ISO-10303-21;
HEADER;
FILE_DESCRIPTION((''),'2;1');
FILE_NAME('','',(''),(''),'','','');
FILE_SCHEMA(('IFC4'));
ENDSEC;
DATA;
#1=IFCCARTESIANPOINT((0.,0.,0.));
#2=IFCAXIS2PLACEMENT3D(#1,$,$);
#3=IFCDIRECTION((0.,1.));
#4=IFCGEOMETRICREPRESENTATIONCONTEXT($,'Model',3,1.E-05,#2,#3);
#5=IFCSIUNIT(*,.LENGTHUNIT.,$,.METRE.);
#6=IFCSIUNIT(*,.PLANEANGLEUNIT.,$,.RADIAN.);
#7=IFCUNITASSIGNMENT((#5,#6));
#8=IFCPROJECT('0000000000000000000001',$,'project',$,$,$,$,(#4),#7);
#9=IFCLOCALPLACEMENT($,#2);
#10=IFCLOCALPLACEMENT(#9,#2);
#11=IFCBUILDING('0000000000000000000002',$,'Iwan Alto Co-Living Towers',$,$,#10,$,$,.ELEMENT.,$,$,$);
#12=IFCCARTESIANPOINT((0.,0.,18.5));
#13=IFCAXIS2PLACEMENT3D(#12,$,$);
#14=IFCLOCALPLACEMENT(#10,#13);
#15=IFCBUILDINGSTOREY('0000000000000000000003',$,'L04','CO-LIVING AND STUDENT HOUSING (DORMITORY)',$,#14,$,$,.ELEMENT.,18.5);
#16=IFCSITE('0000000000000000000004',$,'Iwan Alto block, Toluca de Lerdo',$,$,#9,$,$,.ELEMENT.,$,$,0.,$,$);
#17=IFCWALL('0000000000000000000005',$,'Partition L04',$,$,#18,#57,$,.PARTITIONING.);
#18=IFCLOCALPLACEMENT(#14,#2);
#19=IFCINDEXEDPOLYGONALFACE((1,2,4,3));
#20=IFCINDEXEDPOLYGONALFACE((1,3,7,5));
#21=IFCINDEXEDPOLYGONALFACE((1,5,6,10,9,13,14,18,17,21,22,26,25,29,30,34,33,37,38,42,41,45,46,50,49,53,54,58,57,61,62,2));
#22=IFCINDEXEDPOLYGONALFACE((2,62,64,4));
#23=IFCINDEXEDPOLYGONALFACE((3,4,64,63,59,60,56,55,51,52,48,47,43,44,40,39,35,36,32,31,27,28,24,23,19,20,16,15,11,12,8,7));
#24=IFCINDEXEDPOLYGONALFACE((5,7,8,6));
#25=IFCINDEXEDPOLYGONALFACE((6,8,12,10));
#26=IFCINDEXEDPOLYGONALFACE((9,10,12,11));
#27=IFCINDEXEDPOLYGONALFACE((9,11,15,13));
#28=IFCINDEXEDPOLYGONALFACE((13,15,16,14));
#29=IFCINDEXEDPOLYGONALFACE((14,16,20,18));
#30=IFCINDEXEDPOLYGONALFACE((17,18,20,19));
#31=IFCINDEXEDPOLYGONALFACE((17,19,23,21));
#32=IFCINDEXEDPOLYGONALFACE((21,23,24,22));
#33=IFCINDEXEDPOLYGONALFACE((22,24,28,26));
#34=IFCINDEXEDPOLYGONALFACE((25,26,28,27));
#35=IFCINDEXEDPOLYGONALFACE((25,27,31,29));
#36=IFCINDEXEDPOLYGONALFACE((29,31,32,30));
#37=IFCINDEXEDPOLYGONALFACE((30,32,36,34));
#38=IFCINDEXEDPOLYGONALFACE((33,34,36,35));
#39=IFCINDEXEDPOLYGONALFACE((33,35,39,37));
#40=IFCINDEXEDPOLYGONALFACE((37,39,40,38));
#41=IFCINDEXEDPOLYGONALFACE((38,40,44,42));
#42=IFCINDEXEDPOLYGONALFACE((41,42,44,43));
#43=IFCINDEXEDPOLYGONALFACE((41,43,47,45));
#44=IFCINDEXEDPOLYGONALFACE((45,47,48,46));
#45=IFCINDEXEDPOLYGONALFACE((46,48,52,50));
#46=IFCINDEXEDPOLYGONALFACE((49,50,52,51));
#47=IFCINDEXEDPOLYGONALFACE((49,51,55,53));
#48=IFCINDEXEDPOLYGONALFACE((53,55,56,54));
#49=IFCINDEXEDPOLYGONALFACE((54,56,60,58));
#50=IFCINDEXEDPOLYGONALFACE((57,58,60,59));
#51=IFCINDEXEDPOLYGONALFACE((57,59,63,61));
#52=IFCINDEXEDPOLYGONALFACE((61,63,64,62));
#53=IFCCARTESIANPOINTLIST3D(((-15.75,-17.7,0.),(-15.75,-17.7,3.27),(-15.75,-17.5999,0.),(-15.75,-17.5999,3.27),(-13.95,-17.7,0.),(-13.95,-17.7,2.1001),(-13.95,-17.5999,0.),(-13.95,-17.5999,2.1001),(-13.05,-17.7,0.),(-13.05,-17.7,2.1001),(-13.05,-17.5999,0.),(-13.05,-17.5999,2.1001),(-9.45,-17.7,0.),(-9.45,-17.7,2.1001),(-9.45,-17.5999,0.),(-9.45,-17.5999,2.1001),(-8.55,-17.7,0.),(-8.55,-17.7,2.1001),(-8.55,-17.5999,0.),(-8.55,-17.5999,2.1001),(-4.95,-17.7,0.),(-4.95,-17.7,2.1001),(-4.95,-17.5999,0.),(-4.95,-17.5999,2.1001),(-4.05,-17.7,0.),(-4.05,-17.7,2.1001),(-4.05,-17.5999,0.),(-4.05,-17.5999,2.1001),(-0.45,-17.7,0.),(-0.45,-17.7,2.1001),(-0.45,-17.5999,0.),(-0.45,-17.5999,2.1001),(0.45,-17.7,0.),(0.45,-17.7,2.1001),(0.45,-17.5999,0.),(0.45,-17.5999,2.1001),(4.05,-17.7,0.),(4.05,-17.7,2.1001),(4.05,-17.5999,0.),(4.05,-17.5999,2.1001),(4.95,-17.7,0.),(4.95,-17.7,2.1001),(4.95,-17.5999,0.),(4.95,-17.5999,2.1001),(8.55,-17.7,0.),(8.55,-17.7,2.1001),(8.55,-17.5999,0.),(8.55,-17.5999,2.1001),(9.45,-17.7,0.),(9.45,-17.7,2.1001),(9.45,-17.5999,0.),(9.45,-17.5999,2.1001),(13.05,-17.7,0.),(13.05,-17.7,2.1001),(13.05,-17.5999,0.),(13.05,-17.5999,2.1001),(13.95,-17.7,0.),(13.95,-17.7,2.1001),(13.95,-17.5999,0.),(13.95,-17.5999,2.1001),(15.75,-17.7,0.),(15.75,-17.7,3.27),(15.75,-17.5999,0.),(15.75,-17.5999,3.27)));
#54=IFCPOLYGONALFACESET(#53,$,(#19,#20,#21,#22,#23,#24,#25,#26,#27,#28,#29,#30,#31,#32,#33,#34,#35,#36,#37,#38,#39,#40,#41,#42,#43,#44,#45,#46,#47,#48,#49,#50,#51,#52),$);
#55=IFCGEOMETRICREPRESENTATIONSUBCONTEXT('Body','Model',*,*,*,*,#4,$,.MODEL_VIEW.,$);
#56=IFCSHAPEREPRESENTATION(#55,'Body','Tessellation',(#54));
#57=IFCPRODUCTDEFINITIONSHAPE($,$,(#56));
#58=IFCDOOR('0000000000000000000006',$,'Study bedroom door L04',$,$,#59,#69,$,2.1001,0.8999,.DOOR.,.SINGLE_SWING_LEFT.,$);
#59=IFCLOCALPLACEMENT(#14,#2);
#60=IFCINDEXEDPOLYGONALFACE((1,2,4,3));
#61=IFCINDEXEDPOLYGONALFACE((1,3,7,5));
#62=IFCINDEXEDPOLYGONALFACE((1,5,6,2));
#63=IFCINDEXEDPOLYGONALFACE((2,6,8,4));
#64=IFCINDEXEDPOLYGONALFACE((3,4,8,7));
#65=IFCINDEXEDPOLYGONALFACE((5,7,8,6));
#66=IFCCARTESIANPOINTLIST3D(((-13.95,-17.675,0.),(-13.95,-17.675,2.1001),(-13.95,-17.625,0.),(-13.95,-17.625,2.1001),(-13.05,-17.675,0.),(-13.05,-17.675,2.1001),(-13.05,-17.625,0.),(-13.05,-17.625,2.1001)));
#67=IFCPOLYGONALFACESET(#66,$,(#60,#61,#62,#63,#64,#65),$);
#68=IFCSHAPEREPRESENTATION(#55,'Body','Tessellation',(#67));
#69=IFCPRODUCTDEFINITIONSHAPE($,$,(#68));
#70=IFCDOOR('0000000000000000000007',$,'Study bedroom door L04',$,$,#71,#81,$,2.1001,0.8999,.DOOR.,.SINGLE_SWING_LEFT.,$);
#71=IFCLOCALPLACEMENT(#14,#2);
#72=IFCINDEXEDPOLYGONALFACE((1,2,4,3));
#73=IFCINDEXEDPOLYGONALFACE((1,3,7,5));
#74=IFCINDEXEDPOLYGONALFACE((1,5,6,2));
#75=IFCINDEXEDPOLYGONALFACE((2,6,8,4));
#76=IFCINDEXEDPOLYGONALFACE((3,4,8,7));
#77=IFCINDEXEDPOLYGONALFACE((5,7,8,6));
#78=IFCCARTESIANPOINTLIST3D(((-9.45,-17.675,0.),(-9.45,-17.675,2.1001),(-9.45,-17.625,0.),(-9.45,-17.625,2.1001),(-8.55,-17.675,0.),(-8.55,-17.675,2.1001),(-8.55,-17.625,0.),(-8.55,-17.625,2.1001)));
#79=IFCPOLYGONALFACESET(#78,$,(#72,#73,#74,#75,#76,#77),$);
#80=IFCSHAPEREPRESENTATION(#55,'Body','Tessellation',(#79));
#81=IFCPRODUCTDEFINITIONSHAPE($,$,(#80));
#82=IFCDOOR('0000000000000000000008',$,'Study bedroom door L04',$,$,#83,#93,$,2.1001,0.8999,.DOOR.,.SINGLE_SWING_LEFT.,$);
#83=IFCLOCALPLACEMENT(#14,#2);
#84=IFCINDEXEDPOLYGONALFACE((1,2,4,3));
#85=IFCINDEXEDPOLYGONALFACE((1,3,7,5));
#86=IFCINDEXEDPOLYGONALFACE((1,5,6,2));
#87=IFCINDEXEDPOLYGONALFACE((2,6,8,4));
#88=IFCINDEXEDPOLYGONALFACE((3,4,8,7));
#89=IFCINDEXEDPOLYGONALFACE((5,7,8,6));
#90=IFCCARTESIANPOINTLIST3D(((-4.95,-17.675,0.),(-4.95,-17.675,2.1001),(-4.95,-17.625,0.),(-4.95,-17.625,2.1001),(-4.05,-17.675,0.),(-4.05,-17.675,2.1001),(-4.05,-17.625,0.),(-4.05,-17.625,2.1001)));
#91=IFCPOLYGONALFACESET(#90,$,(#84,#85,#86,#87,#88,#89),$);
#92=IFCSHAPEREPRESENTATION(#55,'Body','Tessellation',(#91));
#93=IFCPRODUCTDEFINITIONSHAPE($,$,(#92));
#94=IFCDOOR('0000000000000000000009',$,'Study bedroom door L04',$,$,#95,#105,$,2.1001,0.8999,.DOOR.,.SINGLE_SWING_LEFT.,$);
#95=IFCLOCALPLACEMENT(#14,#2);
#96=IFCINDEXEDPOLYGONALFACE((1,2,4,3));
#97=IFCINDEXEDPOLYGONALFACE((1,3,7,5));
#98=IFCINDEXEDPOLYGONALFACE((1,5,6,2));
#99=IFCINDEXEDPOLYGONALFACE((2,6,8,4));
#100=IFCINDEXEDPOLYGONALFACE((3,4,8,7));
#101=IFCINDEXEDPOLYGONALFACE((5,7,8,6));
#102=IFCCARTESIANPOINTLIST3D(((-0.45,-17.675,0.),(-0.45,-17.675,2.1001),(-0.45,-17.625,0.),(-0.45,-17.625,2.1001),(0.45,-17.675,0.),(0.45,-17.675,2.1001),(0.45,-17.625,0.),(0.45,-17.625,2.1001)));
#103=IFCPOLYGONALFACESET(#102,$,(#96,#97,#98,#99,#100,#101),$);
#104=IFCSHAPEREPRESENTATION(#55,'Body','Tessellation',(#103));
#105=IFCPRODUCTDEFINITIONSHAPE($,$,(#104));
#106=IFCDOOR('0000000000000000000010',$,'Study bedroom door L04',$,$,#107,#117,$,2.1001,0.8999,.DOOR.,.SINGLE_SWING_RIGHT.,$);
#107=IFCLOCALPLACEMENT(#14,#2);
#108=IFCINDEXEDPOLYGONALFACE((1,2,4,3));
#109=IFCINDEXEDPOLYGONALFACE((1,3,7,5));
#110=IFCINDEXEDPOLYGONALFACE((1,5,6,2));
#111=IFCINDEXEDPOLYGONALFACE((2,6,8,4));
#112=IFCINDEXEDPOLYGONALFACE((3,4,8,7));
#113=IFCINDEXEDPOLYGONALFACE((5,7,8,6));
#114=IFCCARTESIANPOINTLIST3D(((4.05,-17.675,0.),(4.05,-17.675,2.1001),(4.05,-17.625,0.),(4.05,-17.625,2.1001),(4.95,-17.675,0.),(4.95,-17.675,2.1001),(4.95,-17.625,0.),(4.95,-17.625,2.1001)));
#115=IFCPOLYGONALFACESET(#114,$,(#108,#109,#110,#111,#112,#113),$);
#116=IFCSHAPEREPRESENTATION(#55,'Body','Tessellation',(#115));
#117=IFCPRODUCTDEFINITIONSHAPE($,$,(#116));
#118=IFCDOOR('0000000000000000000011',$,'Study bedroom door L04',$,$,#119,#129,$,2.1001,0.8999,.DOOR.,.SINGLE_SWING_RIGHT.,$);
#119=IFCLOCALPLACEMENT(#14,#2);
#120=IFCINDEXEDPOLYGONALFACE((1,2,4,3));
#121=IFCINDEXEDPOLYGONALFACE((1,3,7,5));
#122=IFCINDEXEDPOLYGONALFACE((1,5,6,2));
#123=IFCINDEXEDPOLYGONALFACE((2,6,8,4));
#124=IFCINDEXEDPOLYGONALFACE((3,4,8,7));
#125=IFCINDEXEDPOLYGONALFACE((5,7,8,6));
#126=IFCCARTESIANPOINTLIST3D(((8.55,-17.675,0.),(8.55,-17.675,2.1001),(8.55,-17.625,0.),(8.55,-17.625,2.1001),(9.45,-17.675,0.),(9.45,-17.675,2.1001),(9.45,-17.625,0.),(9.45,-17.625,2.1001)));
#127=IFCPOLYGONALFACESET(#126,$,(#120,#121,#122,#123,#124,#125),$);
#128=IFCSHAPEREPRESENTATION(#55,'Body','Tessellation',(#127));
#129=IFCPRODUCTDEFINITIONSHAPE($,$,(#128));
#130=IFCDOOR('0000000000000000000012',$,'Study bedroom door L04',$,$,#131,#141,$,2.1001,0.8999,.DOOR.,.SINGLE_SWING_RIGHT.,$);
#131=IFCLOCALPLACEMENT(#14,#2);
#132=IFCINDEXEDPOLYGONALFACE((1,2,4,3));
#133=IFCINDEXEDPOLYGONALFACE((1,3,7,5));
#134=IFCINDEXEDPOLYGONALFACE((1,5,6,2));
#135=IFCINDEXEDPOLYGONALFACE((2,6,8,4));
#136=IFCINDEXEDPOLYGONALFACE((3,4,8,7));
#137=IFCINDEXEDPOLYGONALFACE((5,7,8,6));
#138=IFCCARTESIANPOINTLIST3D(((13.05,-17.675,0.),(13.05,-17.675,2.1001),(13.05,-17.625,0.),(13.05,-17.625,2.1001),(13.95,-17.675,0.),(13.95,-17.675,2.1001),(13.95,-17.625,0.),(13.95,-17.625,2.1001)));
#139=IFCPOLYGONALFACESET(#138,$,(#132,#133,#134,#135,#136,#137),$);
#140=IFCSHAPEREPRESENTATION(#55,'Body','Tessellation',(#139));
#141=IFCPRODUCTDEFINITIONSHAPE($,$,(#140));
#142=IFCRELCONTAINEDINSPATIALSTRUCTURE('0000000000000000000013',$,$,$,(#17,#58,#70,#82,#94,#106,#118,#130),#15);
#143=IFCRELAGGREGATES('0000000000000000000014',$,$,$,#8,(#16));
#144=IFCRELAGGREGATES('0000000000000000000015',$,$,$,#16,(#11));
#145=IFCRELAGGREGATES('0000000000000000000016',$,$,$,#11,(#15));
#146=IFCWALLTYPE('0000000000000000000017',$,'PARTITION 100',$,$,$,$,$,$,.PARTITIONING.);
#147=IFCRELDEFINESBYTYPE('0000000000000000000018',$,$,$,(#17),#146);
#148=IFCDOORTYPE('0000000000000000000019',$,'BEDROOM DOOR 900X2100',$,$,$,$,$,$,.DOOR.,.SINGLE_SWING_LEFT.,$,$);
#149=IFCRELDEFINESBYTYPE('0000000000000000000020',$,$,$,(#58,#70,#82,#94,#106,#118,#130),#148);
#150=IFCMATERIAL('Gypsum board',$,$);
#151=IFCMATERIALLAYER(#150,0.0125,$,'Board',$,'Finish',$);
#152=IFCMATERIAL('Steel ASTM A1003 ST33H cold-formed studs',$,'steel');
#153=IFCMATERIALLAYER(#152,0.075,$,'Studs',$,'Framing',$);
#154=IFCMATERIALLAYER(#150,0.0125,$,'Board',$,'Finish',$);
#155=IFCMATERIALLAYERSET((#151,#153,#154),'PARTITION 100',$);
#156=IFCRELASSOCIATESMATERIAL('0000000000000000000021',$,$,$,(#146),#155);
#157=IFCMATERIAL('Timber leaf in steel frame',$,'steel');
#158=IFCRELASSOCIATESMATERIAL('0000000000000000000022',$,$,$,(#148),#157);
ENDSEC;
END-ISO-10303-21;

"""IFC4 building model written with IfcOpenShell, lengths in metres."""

from ifc_helpers import new_model, si_unit, direction, frame, frame_2d, origin, place, context, subcontext, project, spatial, rectangle, extrude, material, layer, layer_set, type_object, element, fill, save


model = new_model("IFC4")

# Units and contexts
model_context = context("Model", 3, precision=1e-05, world=origin(), true_north=direction((0.0, 1.0)))
body_context = subcontext(model_context, "Body", "Model", "MODEL_VIEW")
ifc_project = project(units=[si_unit("LENGTHUNIT", "METRE"), si_unit("PLANEANGLEUNIT", "RADIAN")], contexts=[model_context])

# Site, building, storey
site_placement = place(None, origin())
site = spatial("IfcSite", under=ifc_project, at=site_placement, Name="Iwan Alto block, Toluca de Lerdo", CompositionType="ELEMENT", RefElevation=0.0)
building_placement = place(site_placement, origin())
building = spatial("IfcBuilding", under=site, at=building_placement, Name="Iwan Alto Co-Living Towers", CompositionType="ELEMENT")
storey_placement = place(building_placement, frame((0.0, 0.0, 18.5)))
storey = spatial("IfcBuildingStorey", under=building, at=storey_placement, Name="L04", Description="CO-LIVING AND STUDENT HOUSING (DORMITORY)", CompositionType="ELEMENT", Elevation=18.5)

# Wall, openings, doors
ifc_material_1 = material(Name="Gypsum board")
ifc_layer_1 = layer(ifc_material_1, 0.0125, Name="Board", Category="Finish")
ifc_material_2 = material(Name="Steel ASTM A1003 ST33H cold-formed studs", Category="steel")
ifc_layer_2 = layer(ifc_material_2, 0.075, Name="Studs", Category="Framing")
ifc_layer_3 = layer(ifc_material_1, 0.0125, Name="Board", Category="Finish")
ifc_layer_set_1 = layer_set([ifc_layer_1, ifc_layer_2, ifc_layer_3], Name="PARTITION 100")
wall_type_1 = type_object("IfcWallType", Name="PARTITION 100", PredefinedType="PARTITIONING", material=ifc_layer_set_1)
wall_1_placement = place(storey_placement, frame((-15.75, -17.6499, 0.0), z_axis=(0.0, 0.0, 1.0), x_axis=(1.0, 0.0, 0.0)))
wall_1 = element("IfcWall", 1, at=wall_1_placement, inside=storey, type_object=wall_type_1, Name="Partition L04", PredefinedType="PARTITIONING", context=body_context, shape_type="SweptSolid", body=[
    extrude(rectangle(XDim=31.5, YDim=0.1001, at=frame_2d((15.75, 0.0))), origin(), (0.0, 0.0, 1.0), 3.27),
])
opening_1_placement = place(wall_1_placement, frame((1.8, 0.0, 0.0)))
opening_1 = element("IfcOpeningElement", 2, at=opening_1_placement, cuts=wall_1, PredefinedType="OPENING", context=body_context, shape_type="SweptSolid", body=[
    extrude(rectangle(XDim=0.8999, YDim=2.1001, at=frame_2d((0.45, 1.05))), frame((0.0, 0.0601, 0.0), z_axis=(0.0, -1.0, 0.0), x_axis=(1.0, 0.0, 0.0)), (0.0, 0.0, 1.0), 0.1201),
])
opening_2_placement = place(wall_1_placement, frame((6.3, 0.0, 0.0)))
opening_2 = element("IfcOpeningElement", 3, at=opening_2_placement, cuts=wall_1, PredefinedType="OPENING", context=body_context, shape_type="SweptSolid", body=[
    extrude(rectangle(XDim=0.8999, YDim=2.1001, at=frame_2d((0.45, 1.05))), frame((0.0, 0.0601, 0.0), z_axis=(0.0, -1.0, 0.0), x_axis=(1.0, 0.0, 0.0)), (0.0, 0.0, 1.0), 0.1201),
])
opening_3_placement = place(wall_1_placement, frame((10.8, 0.0, 0.0)))
opening_3 = element("IfcOpeningElement", 4, at=opening_3_placement, cuts=wall_1, PredefinedType="OPENING", context=body_context, shape_type="SweptSolid", body=[
    extrude(rectangle(XDim=0.8999, YDim=2.1001, at=frame_2d((0.45, 1.05))), frame((0.0, 0.0601, 0.0), z_axis=(0.0, -1.0, 0.0), x_axis=(1.0, 0.0, 0.0)), (0.0, 0.0, 1.0), 0.1201),
])
opening_4_placement = place(wall_1_placement, frame((15.3, 0.0, 0.0)))
opening_4 = element("IfcOpeningElement", 5, at=opening_4_placement, cuts=wall_1, PredefinedType="OPENING", context=body_context, shape_type="SweptSolid", body=[
    extrude(rectangle(XDim=0.8999, YDim=2.1001, at=frame_2d((0.45, 1.05))), frame((0.0, 0.0601, 0.0), z_axis=(0.0, -1.0, 0.0), x_axis=(1.0, 0.0, 0.0)), (0.0, 0.0, 1.0), 0.1201),
])
opening_5_placement = place(wall_1_placement, frame((19.8, 0.0, 0.0)))
opening_5 = element("IfcOpeningElement", 6, at=opening_5_placement, cuts=wall_1, PredefinedType="OPENING", context=body_context, shape_type="SweptSolid", body=[
    extrude(rectangle(XDim=0.8999, YDim=2.1001, at=frame_2d((0.45, 1.05))), frame((0.0, 0.0601, 0.0), z_axis=(0.0, -1.0, 0.0), x_axis=(1.0, 0.0, 0.0)), (0.0, 0.0, 1.0), 0.1201),
])
opening_6_placement = place(wall_1_placement, frame((24.3, 0.0, 0.0)))
opening_6 = element("IfcOpeningElement", 7, at=opening_6_placement, cuts=wall_1, PredefinedType="OPENING", context=body_context, shape_type="SweptSolid", body=[
    extrude(rectangle(XDim=0.8999, YDim=2.1001, at=frame_2d((0.45, 1.05))), frame((0.0, 0.0601, 0.0), z_axis=(0.0, -1.0, 0.0), x_axis=(1.0, 0.0, 0.0)), (0.0, 0.0, 1.0), 0.1201),
])
opening_7_placement = place(wall_1_placement, frame((28.8, 0.0, 0.0)))
opening_7 = element("IfcOpeningElement", 8, at=opening_7_placement, cuts=wall_1, PredefinedType="OPENING", context=body_context, shape_type="SweptSolid", body=[
    extrude(rectangle(XDim=0.8999, YDim=2.1001, at=frame_2d((0.45, 1.05))), frame((0.0, 0.0601, 0.0), z_axis=(0.0, -1.0, 0.0), x_axis=(1.0, 0.0, 0.0)), (0.0, 0.0, 1.0), 0.1201),
])
ifc_material_3 = material(Name="Timber leaf in steel frame", Category="steel")
door_type_1 = type_object("IfcDoorType", Name="BEDROOM DOOR 900X2100", OperationType="SINGLE_SWING_LEFT", PredefinedType="DOOR", material=ifc_material_3)
door_1_placement = place(opening_1_placement, origin())
door_1 = element("IfcDoor", 9, at=door_1_placement, inside=storey, type_object=door_type_1, Name="Study bedroom door L04", OperationType="SINGLE_SWING_LEFT", OverallHeight=2.1001, OverallWidth=0.8999, PredefinedType="DOOR", context=body_context, shape_type="SweptSolid", body=[
    extrude(rectangle(XDim=0.8999, YDim=2.1001, at=frame_2d((0.45, 1.05))), frame((0.0, 0.0249, 0.0), z_axis=(0.0, -1.0, 0.0), x_axis=(1.0, 0.0, 0.0)), (0.0, 0.0, 1.0), 0.05),
])
fill(opening_1, door_1)
door_2_placement = place(opening_2_placement, origin())
door_2 = element("IfcDoor", 10, at=door_2_placement, inside=storey, type_object=door_type_1, Name="Study bedroom door L04", OperationType="SINGLE_SWING_LEFT", OverallHeight=2.1001, OverallWidth=0.8999, PredefinedType="DOOR", context=body_context, shape_type="SweptSolid", body=[
    extrude(rectangle(XDim=0.8999, YDim=2.1001, at=frame_2d((0.45, 1.05))), frame((0.0, 0.0249, 0.0), z_axis=(0.0, -1.0, 0.0), x_axis=(1.0, 0.0, 0.0)), (0.0, 0.0, 1.0), 0.05),
])
fill(opening_2, door_2)
door_3_placement = place(opening_3_placement, origin())
door_3 = element("IfcDoor", 11, at=door_3_placement, inside=storey, type_object=door_type_1, Name="Study bedroom door L04", OperationType="SINGLE_SWING_LEFT", OverallHeight=2.1001, OverallWidth=0.8999, PredefinedType="DOOR", context=body_context, shape_type="SweptSolid", body=[
    extrude(rectangle(XDim=0.8999, YDim=2.1001, at=frame_2d((0.45, 1.05))), frame((0.0, 0.0249, 0.0), z_axis=(0.0, -1.0, 0.0), x_axis=(1.0, 0.0, 0.0)), (0.0, 0.0, 1.0), 0.05),
])
fill(opening_3, door_3)
door_4_placement = place(opening_4_placement, origin())
door_4 = element("IfcDoor", 12, at=door_4_placement, inside=storey, type_object=door_type_1, Name="Study bedroom door L04", OperationType="SINGLE_SWING_LEFT", OverallHeight=2.1001, OverallWidth=0.8999, PredefinedType="DOOR", context=body_context, shape_type="SweptSolid", body=[
    extrude(rectangle(XDim=0.8999, YDim=2.1001, at=frame_2d((0.45, 1.05))), frame((0.0, 0.0249, 0.0), z_axis=(0.0, -1.0, 0.0), x_axis=(1.0, 0.0, 0.0)), (0.0, 0.0, 1.0), 0.05),
])
fill(opening_4, door_4)
door_5_placement = place(opening_5_placement, origin())
door_5 = element("IfcDoor", 13, at=door_5_placement, inside=storey, type_object=door_type_1, Name="Study bedroom door L04", OperationType="SINGLE_SWING_RIGHT", OverallHeight=2.1001, OverallWidth=0.8999, PredefinedType="DOOR", context=body_context, shape_type="SweptSolid", body=[
    extrude(rectangle(XDim=0.8999, YDim=2.1001, at=frame_2d((0.45, 1.05))), frame((0.0, 0.0249, 0.0), z_axis=(0.0, -1.0, 0.0), x_axis=(1.0, 0.0, 0.0)), (0.0, 0.0, 1.0), 0.05),
])
fill(opening_5, door_5)
door_6_placement = place(opening_6_placement, origin())
door_6 = element("IfcDoor", 14, at=door_6_placement, inside=storey, type_object=door_type_1, Name="Study bedroom door L04", OperationType="SINGLE_SWING_RIGHT", OverallHeight=2.1001, OverallWidth=0.8999, PredefinedType="DOOR", context=body_context, shape_type="SweptSolid", body=[
    extrude(rectangle(XDim=0.8999, YDim=2.1001, at=frame_2d((0.45, 1.05))), frame((0.0, 0.0249, 0.0), z_axis=(0.0, -1.0, 0.0), x_axis=(1.0, 0.0, 0.0)), (0.0, 0.0, 1.0), 0.05),
])
fill(opening_6, door_6)
door_7_placement = place(opening_7_placement, origin())
door_7 = element("IfcDoor", 15, at=door_7_placement, inside=storey, type_object=door_type_1, Name="Study bedroom door L04", OperationType="SINGLE_SWING_RIGHT", OverallHeight=2.1001, OverallWidth=0.8999, PredefinedType="DOOR", context=body_context, shape_type="SweptSolid", body=[
    extrude(rectangle(XDim=0.8999, YDim=2.1001, at=frame_2d((0.45, 1.05))), frame((0.0, 0.0249, 0.0), z_axis=(0.0, -1.0, 0.0), x_axis=(1.0, 0.0, 0.0)), (0.0, 0.0, 1.0), 0.05),
])
fill(opening_7, door_7)

save(model, "model.ifc")
